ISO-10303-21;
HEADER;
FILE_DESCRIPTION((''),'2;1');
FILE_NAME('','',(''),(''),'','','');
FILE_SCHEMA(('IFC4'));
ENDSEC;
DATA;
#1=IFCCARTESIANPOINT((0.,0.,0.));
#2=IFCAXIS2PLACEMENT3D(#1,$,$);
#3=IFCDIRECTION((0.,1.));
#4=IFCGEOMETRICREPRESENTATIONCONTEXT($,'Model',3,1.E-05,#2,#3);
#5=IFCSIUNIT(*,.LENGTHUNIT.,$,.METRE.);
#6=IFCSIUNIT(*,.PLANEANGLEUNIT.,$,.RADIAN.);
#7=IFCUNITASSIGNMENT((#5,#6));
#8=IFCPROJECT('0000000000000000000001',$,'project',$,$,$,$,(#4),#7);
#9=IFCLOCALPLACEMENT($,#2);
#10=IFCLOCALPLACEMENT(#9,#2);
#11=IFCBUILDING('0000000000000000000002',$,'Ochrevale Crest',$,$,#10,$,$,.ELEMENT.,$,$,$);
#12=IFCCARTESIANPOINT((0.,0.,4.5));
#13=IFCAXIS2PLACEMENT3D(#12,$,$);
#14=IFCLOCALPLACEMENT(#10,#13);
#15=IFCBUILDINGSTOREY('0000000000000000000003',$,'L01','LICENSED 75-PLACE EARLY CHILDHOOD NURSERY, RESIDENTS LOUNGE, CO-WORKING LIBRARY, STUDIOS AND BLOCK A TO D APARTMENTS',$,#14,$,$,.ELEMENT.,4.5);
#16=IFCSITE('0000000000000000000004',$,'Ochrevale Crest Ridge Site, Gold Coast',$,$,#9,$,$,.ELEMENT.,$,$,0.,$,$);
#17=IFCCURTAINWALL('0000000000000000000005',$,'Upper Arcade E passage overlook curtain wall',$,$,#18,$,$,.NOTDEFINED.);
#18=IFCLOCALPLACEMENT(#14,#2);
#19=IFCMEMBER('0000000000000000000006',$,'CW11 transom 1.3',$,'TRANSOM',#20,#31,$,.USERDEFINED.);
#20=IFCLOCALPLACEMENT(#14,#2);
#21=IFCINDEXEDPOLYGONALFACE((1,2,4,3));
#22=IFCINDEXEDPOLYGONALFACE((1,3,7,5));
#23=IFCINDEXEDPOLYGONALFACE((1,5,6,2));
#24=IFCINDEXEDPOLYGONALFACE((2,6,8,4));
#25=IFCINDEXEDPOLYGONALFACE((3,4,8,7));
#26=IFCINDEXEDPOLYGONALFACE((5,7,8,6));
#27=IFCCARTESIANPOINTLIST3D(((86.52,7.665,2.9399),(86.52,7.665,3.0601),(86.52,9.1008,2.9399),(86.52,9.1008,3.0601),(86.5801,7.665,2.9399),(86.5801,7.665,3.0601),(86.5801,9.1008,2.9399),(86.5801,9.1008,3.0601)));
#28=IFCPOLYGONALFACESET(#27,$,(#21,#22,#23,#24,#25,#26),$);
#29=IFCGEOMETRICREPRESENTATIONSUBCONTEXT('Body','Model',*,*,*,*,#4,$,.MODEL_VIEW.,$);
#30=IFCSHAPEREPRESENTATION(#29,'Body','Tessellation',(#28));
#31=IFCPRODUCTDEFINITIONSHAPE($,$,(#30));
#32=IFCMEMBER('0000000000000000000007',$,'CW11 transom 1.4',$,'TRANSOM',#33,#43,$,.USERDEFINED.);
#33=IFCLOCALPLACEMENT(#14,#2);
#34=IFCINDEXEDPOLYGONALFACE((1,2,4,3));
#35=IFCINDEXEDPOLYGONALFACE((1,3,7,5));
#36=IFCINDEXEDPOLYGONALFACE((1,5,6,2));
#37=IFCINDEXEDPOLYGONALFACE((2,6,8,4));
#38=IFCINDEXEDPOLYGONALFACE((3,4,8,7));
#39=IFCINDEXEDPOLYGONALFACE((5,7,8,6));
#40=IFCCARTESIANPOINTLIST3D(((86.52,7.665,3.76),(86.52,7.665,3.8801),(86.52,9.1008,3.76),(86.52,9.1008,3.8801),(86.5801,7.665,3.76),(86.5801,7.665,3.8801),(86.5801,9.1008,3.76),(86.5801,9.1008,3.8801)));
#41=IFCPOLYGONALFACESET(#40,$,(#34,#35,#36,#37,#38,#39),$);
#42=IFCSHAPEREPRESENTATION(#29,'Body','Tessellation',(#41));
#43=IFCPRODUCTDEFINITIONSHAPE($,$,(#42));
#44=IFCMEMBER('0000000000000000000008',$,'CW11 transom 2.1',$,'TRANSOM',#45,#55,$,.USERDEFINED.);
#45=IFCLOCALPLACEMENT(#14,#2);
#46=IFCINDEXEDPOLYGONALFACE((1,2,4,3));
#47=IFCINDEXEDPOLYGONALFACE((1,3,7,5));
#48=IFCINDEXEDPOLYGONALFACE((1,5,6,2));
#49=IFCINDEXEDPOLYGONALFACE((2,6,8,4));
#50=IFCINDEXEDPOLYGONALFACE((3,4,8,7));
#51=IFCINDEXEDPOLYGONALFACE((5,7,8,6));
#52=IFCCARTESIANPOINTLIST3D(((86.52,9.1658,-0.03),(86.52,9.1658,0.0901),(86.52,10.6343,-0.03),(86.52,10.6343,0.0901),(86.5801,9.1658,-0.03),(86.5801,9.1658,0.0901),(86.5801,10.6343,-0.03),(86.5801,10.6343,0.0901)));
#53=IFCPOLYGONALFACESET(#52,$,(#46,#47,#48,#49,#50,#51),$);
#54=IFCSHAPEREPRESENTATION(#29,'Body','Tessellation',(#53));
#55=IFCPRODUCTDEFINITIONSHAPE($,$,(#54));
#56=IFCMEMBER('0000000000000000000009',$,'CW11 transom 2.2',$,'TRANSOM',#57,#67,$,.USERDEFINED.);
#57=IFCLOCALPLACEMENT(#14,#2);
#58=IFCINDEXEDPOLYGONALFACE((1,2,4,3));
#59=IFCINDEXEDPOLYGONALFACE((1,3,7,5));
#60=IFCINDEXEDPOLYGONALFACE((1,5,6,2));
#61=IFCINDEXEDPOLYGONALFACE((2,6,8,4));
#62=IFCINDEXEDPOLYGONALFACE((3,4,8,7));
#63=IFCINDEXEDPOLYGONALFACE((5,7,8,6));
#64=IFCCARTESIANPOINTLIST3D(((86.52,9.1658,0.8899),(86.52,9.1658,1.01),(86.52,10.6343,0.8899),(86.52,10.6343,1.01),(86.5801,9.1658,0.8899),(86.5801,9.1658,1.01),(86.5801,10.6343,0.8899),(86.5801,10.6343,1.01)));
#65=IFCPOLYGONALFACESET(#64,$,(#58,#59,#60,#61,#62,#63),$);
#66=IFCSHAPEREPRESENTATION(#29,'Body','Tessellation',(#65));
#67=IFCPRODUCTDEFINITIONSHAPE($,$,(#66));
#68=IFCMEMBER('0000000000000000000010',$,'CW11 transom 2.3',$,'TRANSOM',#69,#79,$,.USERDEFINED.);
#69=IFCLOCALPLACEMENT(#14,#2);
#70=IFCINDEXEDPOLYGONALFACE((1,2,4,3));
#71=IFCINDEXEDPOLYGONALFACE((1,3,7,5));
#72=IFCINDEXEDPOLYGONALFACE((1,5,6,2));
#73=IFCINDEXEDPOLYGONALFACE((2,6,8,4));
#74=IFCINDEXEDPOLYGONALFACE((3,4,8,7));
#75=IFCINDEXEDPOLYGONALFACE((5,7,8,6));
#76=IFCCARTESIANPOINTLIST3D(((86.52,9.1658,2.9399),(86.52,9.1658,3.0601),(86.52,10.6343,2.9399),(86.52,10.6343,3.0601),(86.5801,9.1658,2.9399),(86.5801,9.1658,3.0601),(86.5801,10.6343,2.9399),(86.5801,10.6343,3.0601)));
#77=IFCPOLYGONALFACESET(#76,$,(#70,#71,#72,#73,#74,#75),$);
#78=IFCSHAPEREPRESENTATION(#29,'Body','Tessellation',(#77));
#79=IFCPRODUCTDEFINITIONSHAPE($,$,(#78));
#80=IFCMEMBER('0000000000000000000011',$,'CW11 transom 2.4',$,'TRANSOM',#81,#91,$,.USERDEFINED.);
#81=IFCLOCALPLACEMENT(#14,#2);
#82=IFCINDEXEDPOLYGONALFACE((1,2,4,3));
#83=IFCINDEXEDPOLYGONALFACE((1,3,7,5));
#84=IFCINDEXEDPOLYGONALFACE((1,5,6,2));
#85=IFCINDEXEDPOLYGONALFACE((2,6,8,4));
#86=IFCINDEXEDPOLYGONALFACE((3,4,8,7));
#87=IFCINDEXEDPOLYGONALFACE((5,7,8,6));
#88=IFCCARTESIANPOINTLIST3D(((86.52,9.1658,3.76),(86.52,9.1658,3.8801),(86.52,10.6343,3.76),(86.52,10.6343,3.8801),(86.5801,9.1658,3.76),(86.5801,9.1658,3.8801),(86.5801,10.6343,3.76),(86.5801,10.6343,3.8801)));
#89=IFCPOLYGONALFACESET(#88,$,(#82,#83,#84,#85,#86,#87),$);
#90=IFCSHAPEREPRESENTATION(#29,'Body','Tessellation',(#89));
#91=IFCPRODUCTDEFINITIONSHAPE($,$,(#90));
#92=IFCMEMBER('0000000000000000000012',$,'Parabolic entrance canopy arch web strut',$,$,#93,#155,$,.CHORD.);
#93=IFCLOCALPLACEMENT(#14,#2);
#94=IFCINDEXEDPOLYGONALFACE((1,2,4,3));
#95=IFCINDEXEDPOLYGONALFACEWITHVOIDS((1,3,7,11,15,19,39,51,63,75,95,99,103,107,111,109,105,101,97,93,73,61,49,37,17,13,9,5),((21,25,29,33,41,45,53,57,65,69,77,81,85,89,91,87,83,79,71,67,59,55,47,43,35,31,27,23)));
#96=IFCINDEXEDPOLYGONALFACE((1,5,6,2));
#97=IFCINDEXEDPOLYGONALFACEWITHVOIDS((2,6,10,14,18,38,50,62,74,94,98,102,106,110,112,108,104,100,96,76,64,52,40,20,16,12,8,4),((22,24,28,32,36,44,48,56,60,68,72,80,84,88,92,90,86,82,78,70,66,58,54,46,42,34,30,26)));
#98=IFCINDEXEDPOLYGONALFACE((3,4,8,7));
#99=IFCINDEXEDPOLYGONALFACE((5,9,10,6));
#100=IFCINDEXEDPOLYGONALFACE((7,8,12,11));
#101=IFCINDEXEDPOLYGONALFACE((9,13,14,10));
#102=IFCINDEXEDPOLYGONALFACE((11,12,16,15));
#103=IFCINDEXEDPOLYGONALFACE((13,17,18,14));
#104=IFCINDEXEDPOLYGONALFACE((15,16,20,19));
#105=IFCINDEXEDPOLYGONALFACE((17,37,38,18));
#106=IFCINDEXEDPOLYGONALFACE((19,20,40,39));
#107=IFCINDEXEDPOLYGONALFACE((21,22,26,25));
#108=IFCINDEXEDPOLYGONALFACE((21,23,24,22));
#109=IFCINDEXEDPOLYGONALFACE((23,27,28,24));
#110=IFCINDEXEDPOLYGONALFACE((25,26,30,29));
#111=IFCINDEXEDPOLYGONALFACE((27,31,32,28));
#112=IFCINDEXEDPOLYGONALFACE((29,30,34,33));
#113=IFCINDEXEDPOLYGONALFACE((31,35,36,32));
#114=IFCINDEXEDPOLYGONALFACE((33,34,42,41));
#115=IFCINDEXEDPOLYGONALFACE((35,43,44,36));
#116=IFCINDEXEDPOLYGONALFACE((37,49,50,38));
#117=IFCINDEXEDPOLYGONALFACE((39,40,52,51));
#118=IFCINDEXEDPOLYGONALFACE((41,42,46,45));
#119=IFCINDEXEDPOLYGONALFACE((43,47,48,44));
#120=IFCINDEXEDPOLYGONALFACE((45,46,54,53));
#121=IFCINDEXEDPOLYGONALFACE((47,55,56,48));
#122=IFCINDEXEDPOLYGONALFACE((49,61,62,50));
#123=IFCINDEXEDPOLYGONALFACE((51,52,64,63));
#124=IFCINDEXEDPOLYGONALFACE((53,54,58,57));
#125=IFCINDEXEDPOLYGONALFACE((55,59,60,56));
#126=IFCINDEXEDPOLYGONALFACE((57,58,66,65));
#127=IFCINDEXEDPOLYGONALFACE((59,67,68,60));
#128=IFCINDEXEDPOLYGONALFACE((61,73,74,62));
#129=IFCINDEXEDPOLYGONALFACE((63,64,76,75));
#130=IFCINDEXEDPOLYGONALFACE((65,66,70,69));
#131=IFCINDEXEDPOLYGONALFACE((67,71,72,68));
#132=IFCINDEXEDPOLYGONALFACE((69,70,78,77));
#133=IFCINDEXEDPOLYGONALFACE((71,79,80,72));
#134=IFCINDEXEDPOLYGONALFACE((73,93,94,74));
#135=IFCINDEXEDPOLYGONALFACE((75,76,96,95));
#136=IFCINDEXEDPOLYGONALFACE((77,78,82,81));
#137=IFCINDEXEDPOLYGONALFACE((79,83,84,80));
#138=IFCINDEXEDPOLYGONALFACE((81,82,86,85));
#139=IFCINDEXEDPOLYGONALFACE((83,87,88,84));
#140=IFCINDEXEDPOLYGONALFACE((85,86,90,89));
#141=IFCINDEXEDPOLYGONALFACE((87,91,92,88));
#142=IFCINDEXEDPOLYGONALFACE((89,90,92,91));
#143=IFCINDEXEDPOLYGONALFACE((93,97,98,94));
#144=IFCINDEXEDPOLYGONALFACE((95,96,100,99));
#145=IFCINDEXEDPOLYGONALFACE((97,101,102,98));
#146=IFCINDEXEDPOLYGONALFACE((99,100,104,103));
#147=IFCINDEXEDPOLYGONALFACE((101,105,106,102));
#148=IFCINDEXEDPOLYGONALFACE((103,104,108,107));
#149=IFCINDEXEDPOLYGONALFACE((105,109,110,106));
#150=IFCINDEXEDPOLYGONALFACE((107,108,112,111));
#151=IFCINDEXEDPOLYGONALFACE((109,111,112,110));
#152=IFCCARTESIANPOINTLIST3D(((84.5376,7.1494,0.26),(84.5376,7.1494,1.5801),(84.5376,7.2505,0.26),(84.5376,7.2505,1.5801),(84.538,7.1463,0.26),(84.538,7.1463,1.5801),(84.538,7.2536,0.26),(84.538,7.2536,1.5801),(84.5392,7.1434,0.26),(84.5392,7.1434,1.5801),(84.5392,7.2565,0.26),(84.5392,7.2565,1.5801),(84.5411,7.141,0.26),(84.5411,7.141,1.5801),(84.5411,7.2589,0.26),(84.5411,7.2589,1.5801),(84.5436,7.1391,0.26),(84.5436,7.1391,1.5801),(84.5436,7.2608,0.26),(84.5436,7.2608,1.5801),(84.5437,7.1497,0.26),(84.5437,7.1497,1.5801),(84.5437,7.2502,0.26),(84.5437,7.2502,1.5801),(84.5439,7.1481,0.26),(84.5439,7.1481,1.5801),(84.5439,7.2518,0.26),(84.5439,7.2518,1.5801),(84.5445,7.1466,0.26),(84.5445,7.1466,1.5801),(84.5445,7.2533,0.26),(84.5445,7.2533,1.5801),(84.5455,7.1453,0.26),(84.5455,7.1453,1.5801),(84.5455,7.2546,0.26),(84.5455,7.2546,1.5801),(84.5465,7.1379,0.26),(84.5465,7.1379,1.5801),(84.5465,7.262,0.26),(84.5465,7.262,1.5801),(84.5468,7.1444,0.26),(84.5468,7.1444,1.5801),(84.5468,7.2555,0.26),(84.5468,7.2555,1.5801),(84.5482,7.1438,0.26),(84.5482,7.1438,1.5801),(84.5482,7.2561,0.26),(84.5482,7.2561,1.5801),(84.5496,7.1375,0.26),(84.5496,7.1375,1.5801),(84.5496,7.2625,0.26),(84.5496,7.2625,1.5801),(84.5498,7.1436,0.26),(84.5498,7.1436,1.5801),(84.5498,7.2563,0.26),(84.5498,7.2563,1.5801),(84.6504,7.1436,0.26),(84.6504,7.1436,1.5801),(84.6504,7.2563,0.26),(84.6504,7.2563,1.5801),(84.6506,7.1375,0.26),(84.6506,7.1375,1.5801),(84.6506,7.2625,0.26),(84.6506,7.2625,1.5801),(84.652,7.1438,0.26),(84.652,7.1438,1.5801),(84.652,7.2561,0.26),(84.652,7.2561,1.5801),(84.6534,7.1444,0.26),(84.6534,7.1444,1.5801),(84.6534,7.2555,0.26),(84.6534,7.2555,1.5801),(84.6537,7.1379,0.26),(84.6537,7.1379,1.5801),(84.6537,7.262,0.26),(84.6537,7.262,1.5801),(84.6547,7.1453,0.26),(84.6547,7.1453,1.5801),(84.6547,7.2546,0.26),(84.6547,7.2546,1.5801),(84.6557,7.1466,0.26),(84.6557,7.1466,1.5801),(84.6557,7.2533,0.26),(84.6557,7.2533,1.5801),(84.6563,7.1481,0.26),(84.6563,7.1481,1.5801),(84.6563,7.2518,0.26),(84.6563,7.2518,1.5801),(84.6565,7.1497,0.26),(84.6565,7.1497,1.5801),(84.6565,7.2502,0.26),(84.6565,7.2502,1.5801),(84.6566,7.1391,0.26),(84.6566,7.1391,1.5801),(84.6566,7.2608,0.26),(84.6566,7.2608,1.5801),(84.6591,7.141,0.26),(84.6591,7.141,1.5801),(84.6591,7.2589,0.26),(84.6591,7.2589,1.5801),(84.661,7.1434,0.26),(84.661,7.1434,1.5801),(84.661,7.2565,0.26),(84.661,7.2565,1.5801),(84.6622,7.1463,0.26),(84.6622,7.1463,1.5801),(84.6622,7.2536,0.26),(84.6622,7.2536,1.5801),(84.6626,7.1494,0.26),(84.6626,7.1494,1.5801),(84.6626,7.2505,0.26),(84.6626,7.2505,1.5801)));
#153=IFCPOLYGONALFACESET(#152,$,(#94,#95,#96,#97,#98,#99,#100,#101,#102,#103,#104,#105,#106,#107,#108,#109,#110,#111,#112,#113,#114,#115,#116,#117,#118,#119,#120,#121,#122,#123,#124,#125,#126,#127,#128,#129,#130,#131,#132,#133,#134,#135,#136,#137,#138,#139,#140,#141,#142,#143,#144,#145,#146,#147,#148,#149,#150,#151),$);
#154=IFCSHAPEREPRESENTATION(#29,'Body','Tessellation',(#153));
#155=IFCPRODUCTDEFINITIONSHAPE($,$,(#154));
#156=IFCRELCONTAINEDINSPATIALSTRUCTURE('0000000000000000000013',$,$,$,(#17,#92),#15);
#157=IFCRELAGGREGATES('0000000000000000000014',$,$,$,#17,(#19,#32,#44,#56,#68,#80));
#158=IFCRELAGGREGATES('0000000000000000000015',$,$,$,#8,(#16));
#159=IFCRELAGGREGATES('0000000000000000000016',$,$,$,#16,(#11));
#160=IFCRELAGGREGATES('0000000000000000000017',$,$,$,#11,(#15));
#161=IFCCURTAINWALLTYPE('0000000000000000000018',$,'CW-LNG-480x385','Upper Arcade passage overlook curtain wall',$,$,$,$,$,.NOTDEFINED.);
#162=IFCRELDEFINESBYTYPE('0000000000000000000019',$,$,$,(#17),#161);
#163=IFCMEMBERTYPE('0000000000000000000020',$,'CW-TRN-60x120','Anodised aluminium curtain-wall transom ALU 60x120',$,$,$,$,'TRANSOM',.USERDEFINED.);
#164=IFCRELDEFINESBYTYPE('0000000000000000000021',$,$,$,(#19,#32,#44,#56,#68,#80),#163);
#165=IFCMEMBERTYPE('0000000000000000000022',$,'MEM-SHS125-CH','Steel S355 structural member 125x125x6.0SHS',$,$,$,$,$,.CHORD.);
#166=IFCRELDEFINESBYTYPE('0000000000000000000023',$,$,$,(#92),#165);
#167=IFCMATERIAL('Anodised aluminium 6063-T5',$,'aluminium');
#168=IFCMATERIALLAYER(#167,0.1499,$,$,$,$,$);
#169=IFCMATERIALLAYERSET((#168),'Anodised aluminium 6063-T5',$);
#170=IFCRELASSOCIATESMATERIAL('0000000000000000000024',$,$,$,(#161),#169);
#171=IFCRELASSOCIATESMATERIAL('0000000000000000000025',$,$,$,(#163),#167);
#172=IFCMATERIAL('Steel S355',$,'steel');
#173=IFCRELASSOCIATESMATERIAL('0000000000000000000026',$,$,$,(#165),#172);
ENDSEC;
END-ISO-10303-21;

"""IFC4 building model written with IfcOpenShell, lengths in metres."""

from ifc_helpers import new_model, si_unit, direction, frame, origin, origin_2d, place, context, subcontext, project, spatial, rectangle, hollow_rectangle, extrude, material, layer, layer_set, material_profile, profile_set, type_object, element, aggregate, save


model = new_model("IFC4")

# Units and contexts
model_context = context("Model", 3, precision=1e-05, world=origin(), true_north=direction((0.0, 1.0)))
body_context = subcontext(model_context, "Body", "Model", "MODEL_VIEW")
ifc_project = project(units=[si_unit("LENGTHUNIT", "METRE"), si_unit("PLANEANGLEUNIT", "RADIAN")], contexts=[model_context])

# Site, building, storey
site_placement = place(None, origin())
site = spatial("IfcSite", under=ifc_project, at=site_placement, Name="Ochrevale Crest Ridge Site, Gold Coast", CompositionType="ELEMENT", RefElevation=0.0)
building_placement = place(site_placement, origin())
building = spatial("IfcBuilding", under=site, at=building_placement, Name="Ochrevale Crest", CompositionType="ELEMENT")
storey_placement = place(building_placement, frame((0.0, 0.0, 4.5)))
storey = spatial("IfcBuildingStorey", under=building, at=storey_placement, Name="L01", Description="LICENSED 75-PLACE EARLY CHILDHOOD NURSERY, RESIDENTS LOUNGE, CO-WORKING LIBRARY, STUDIOS AND BLOCK A TO D APARTMENTS", CompositionType="ELEMENT", Elevation=4.5)

# Shared definitions
ifc_material_1 = material(Name="Steel S355", Category="steel")

# Curtain wall, members
ifc_material_2 = material(Name="Anodised aluminium 6063-T5", Category="aluminium")
ifc_layer_1 = layer(ifc_material_2, 0.1499)
ifc_layer_set_1 = layer_set([ifc_layer_1], Name="Anodised aluminium 6063-T5")
curtain_wall_type = type_object("IfcCurtainWallType", Name="CW-LNG-480x385", Description="Upper Arcade passage overlook curtain wall", PredefinedType="NOTDEFINED", material=ifc_layer_set_1)
curtain_wall_placement = place(storey_placement, origin())
curtain_wall = element("IfcCurtainWall", 1, at=curtain_wall_placement, inside=storey, type_object=curtain_wall_type, Name="Upper Arcade E passage overlook curtain wall", PredefinedType="NOTDEFINED")
ifc_material_profile_1 = material_profile(ifc_material_2, rectangle(XDim=0.0601, YDim=0.1201, at=origin_2d()), Name="ALU 60x120")
ifc_profile_set_1 = profile_set([ifc_material_profile_1], Name="Anodised aluminium 6063-T5")
member_type_1 = type_object("IfcMemberType", Name="CW-TRN-60x120", Description="Anodised aluminium curtain-wall transom ALU 60x120", ElementType="TRANSOM", PredefinedType="USERDEFINED", material=ifc_profile_set_1)
member_1_placement = place(storey_placement, frame((86.55, 7.665, 3.0), z_axis=(0.0, 1.0, 0.0), x_axis=(-1.0, 0.0, 0.0)))
member_1 = element("IfcMember", 2, at=member_1_placement, type_object=member_type_1, Name="CW11 transom 1.3", ObjectType="TRANSOM", PredefinedType="USERDEFINED", context=body_context, shape_type="SweptSolid", body=[
    extrude(rectangle(XDim=0.0601, YDim=0.1201, at=origin_2d()), origin(), (0.0, 0.0, 1.0), 1.4358),
])
member_2_placement = place(storey_placement, frame((86.55, 7.665, 3.8201), z_axis=(0.0, 1.0, 0.0), x_axis=(-1.0, 0.0, 0.0)))
member_2 = element("IfcMember", 3, at=member_2_placement, type_object=member_type_1, Name="CW11 transom 1.4", ObjectType="TRANSOM", PredefinedType="USERDEFINED", context=body_context, shape_type="SweptSolid", body=[
    extrude(rectangle(XDim=0.0601, YDim=0.1201, at=origin_2d()), origin(), (0.0, 0.0, 1.0), 1.4358),
])
member_3_placement = place(storey_placement, frame((86.55, 9.1658, 0.03), z_axis=(0.0, 1.0, 0.0), x_axis=(-1.0, 0.0, 0.0)))
member_3 = element("IfcMember", 4, at=member_3_placement, type_object=member_type_1, Name="CW11 transom 2.1", ObjectType="TRANSOM", PredefinedType="USERDEFINED", context=body_context, shape_type="SweptSolid", body=[
    extrude(rectangle(XDim=0.0601, YDim=0.1201, at=origin_2d()), origin(), (0.0, 0.0, 1.0), 1.4685),
])
member_4_placement = place(storey_placement, frame((86.55, 9.1658, 0.95), z_axis=(0.0, 1.0, 0.0), x_axis=(-1.0, 0.0, 0.0)))
member_4 = element("IfcMember", 5, at=member_4_placement, type_object=member_type_1, Name="CW11 transom 2.2", ObjectType="TRANSOM", PredefinedType="USERDEFINED", context=body_context, shape_type="SweptSolid", body=[
    extrude(rectangle(XDim=0.0601, YDim=0.1201, at=origin_2d()), origin(), (0.0, 0.0, 1.0), 1.4685),
])
member_5_placement = place(storey_placement, frame((86.55, 9.1658, 3.0), z_axis=(0.0, 1.0, 0.0), x_axis=(-1.0, 0.0, 0.0)))
member_5 = element("IfcMember", 6, at=member_5_placement, type_object=member_type_1, Name="CW11 transom 2.3", ObjectType="TRANSOM", PredefinedType="USERDEFINED", context=body_context, shape_type="SweptSolid", body=[
    extrude(rectangle(XDim=0.0601, YDim=0.1201, at=origin_2d()), origin(), (0.0, 0.0, 1.0), 1.4685),
])
member_6_placement = place(storey_placement, frame((86.55, 9.1658, 3.8201), z_axis=(0.0, 1.0, 0.0), x_axis=(-1.0, 0.0, 0.0)))
member_6 = element("IfcMember", 7, at=member_6_placement, type_object=member_type_1, Name="CW11 transom 2.4", ObjectType="TRANSOM", PredefinedType="USERDEFINED", context=body_context, shape_type="SweptSolid", body=[
    extrude(rectangle(XDim=0.0601, YDim=0.1201, at=origin_2d()), origin(), (0.0, 0.0, 1.0), 1.4685),
])

# Member
ifc_material_profile_2 = material_profile(ifc_material_1, hollow_rectangle(XDim=0.125, YDim=0.125, WallThickness=0.0061, InnerFilletRadius=0.0061, OuterFilletRadius=0.012, at=origin_2d()), Name="125x125x6.0SHS")
ifc_profile_set_2 = profile_set([ifc_material_profile_2], Name="Steel S355")
member_type_2 = type_object("IfcMemberType", Name="MEM-SHS125-CH", Description="Steel S355 structural member 125x125x6.0SHS", PredefinedType="CHORD", material=ifc_profile_set_2)
member_7_placement = place(storey_placement, frame((84.6001, 7.2, 0.26), z_axis=(0.0, 0.0, 1.0), x_axis=(1.0, 0.0, 0.0)))
element("IfcMember", 8, at=member_7_placement, inside=storey, type_object=member_type_2, Name="Parabolic entrance canopy arch web strut", PredefinedType="CHORD", context=body_context, shape_type="SweptSolid", body=[
    extrude(hollow_rectangle(XDim=0.125, YDim=0.125, WallThickness=0.0061, InnerFilletRadius=0.0061, OuterFilletRadius=0.012, at=origin_2d()), origin(), (0.0, 0.0, 1.0), 1.3201),
])

aggregate(curtain_wall, [member_1, member_2, member_3, member_4, member_5, member_6])

save(model, "model.ifc")
